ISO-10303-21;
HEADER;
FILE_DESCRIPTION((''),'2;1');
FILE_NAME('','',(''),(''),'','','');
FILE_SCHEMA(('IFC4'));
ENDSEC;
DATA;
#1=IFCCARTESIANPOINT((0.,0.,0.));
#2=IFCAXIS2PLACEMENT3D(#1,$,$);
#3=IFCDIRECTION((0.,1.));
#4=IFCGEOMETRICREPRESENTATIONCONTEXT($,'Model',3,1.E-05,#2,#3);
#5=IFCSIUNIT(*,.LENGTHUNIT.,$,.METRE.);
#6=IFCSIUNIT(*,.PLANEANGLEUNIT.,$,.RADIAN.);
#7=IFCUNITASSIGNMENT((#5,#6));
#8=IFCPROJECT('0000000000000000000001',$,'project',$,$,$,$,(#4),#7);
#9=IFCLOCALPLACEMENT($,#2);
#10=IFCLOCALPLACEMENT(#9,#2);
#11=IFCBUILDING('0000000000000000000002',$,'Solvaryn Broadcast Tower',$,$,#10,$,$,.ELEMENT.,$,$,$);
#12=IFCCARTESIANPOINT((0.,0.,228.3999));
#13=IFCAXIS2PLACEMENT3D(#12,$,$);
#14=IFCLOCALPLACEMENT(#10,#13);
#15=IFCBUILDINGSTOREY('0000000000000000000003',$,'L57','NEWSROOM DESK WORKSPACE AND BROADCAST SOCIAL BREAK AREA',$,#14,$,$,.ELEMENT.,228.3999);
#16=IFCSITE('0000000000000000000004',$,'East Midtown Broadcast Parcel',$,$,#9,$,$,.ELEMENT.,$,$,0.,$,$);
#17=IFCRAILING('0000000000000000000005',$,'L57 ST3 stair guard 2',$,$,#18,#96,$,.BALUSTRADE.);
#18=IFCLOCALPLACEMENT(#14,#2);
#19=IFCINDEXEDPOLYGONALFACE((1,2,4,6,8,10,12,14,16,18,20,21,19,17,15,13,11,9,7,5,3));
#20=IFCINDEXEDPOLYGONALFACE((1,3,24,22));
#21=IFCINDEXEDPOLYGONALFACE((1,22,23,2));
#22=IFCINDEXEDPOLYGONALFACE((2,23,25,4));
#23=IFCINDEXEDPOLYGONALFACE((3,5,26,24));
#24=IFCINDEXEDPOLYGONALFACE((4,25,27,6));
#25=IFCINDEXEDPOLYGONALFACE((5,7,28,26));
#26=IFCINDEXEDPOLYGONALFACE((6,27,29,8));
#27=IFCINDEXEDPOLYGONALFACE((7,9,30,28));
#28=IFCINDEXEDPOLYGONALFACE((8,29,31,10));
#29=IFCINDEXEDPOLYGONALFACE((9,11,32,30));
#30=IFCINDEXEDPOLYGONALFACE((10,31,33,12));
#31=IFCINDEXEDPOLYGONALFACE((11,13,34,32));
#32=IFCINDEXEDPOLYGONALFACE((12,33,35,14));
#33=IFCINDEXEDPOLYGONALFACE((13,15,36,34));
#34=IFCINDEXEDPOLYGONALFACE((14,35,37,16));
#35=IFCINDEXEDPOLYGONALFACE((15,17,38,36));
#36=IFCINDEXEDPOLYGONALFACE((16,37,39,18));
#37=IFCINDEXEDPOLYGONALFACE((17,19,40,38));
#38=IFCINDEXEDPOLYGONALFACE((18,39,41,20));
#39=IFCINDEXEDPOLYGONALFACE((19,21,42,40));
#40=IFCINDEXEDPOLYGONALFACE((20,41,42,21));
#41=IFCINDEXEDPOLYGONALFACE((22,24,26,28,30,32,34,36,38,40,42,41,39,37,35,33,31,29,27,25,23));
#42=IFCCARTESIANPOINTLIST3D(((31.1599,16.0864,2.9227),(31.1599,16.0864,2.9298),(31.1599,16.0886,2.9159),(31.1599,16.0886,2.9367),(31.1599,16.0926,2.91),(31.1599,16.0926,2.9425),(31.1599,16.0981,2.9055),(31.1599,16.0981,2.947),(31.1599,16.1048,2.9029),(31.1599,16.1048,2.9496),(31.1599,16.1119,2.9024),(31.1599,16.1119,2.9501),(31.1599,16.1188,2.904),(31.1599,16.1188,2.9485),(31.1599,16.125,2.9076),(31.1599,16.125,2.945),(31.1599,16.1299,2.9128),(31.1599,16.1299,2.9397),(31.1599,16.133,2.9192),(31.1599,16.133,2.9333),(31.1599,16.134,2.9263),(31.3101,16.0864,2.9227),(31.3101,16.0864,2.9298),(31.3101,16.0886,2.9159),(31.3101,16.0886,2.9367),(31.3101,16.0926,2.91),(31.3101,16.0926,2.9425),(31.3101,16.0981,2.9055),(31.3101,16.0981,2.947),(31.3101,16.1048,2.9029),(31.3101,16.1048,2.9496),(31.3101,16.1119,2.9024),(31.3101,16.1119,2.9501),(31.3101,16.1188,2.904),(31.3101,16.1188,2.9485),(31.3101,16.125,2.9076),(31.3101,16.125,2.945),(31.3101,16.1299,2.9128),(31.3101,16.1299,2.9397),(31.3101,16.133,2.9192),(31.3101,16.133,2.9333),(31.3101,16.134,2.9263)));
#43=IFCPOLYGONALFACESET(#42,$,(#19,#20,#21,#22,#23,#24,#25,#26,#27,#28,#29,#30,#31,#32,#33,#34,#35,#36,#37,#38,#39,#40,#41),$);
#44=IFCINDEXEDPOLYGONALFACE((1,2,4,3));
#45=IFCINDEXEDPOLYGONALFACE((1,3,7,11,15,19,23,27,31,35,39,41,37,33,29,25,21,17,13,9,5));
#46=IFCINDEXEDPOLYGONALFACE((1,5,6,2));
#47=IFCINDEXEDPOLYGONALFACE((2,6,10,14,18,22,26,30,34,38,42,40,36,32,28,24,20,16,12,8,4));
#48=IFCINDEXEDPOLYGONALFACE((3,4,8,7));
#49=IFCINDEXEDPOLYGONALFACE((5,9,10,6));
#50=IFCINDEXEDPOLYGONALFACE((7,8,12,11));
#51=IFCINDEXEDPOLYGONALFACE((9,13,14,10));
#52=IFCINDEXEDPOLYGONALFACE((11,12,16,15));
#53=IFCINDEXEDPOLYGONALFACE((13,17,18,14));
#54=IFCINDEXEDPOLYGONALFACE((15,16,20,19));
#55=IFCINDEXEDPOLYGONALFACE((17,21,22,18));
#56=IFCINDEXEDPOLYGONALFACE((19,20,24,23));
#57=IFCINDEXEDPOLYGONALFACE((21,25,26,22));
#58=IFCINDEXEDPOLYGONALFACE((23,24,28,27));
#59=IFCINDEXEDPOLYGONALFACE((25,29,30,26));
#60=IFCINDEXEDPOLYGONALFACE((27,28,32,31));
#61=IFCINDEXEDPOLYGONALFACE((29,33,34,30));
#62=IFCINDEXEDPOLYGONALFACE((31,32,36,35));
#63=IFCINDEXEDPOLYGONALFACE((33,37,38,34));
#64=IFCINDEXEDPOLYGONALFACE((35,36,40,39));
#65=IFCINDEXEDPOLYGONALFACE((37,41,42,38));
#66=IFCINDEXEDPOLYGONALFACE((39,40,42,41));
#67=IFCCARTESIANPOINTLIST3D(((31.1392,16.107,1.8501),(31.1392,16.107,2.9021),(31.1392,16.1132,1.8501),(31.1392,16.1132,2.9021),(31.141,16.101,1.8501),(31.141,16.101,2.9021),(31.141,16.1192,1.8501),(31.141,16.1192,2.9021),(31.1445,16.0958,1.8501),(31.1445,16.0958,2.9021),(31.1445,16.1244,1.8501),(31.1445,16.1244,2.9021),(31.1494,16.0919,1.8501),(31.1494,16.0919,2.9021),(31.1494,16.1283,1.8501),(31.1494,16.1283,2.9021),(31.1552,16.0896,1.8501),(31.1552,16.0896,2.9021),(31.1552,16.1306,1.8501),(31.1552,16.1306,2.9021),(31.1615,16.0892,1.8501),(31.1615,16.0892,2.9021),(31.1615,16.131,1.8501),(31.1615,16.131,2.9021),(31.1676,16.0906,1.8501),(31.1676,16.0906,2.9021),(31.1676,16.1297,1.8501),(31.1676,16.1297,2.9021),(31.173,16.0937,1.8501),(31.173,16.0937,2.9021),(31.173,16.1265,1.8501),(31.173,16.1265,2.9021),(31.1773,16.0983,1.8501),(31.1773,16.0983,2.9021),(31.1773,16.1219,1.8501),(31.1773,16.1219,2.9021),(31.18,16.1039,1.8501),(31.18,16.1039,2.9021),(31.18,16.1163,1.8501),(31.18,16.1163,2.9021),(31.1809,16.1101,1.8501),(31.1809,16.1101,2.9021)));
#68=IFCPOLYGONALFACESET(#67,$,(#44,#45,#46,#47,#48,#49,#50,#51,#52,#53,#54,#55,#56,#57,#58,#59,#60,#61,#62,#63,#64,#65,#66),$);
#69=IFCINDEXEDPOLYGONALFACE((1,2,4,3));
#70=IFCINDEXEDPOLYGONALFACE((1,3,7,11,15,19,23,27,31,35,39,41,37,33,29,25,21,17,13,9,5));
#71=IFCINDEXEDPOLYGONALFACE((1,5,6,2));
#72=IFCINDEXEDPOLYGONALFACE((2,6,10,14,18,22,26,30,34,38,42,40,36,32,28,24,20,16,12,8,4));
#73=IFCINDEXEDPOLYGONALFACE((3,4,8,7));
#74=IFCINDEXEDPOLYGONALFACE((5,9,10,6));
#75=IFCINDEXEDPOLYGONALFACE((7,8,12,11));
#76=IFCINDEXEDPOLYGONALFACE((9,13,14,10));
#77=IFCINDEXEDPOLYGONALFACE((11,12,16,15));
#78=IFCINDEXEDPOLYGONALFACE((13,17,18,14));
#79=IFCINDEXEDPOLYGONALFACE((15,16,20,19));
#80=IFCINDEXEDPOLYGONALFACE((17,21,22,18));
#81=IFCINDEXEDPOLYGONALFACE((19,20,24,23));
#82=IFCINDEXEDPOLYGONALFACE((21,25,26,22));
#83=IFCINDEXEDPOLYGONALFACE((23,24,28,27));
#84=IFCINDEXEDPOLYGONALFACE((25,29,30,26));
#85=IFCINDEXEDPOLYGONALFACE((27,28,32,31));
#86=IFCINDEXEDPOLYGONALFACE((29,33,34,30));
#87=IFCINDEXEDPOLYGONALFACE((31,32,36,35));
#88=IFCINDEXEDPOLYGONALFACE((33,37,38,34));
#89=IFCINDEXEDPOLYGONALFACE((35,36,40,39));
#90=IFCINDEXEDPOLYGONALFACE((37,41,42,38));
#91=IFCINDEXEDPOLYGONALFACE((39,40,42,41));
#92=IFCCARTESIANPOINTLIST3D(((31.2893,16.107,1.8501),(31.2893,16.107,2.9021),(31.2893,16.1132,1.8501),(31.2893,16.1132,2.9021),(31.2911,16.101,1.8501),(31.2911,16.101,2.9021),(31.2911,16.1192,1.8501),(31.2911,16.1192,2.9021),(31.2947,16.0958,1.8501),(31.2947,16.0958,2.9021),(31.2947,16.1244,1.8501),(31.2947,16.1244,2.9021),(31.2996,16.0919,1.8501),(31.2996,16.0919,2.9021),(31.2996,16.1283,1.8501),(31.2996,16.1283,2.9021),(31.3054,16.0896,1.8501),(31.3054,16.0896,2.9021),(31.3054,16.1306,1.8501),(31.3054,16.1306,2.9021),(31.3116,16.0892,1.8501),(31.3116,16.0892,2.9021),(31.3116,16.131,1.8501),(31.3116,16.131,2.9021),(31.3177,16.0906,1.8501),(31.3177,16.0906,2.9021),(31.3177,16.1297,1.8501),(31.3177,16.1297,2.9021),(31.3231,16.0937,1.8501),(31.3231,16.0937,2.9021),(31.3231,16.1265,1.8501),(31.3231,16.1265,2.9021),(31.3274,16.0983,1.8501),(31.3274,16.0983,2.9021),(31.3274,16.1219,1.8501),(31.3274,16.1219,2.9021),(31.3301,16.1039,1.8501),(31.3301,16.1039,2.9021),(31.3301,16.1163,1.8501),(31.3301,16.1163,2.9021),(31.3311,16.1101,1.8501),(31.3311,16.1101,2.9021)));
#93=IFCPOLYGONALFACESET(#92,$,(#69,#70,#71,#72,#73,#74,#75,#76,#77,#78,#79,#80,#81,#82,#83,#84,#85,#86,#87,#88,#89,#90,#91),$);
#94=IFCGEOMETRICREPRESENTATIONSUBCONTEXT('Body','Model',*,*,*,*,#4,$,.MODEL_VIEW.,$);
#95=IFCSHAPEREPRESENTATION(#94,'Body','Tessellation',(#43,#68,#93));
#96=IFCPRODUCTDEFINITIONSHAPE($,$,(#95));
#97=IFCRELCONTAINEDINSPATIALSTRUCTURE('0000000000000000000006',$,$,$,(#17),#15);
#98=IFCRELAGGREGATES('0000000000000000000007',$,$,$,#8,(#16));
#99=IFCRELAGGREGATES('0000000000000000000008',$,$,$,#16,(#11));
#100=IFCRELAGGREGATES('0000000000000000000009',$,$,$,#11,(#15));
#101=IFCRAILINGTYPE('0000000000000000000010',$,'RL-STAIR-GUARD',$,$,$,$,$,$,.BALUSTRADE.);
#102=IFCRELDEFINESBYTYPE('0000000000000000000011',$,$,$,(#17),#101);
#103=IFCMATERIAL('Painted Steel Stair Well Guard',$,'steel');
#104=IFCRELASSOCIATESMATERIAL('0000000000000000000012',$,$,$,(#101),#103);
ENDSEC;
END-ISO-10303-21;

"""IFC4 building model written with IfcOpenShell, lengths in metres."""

from ifc_helpers import new_model, si_unit, direction, frame, origin, origin_2d, place, context, subcontext, project, spatial, circle, extrude, material, type_object, element, save


model = new_model("IFC4")

# Units and contexts
model_context = context("Model", 3, precision=1e-05, world=origin(), true_north=direction((0.0, 1.0)))
body_context = subcontext(model_context, "Body", "Model", "MODEL_VIEW")
ifc_project = project(units=[si_unit("LENGTHUNIT", "METRE"), si_unit("PLANEANGLEUNIT", "RADIAN")], contexts=[model_context])

# Site, building, storey
site_placement = place(None, origin())
site = spatial("IfcSite", under=ifc_project, at=site_placement, Name="East Midtown Broadcast Parcel", CompositionType="ELEMENT", RefElevation=0.0)
building_placement = place(site_placement, origin())
building = spatial("IfcBuilding", under=site, at=building_placement, Name="Solvaryn Broadcast Tower", CompositionType="ELEMENT")
storey_placement = place(building_placement, frame((0.0, 0.0, 228.3999)))
storey = spatial("IfcBuildingStorey", under=building, at=storey_placement, Name="L57", Description="NEWSROOM DESK WORKSPACE AND BROADCAST SOCIAL BREAK AREA", CompositionType="ELEMENT", Elevation=228.3999)

# Railing
ifc_material_1 = material(Name="Painted Steel Stair Well Guard", Category="steel")
railing_type_1 = type_object("IfcRailingType", Name="RL-STAIR-GUARD", PredefinedType="BALUSTRADE", material=ifc_material_1)
railing_1_placement = place(storey_placement, frame((31.1599, 16.1101, 1.8501)))
element("IfcRailing", 1, at=railing_1_placement, inside=storey, type_object=railing_type_1, Name="L57 ST3 stair guard 2", PredefinedType="BALUSTRADE", context=body_context, shape_type="SweptSolid", body=[
    extrude(circle(Radius=0.0239, at=origin_2d()), frame((0.0, 0.0, 1.0762), z_axis=(1.0, 0.0, 0.0), x_axis=(0.0, 1.0, 0.0)), (0.0, 0.0, 1.0), 0.1501),
    extrude(circle(Radius=0.021, at=origin_2d()), origin(), (0.0, 0.0, 1.0), 1.052),
    extrude(circle(Radius=0.021, at=origin_2d()), frame((0.1501, 0.0, 0.0)), (0.0, 0.0, 1.0), 1.052),
])

save(model, "model.ifc")
